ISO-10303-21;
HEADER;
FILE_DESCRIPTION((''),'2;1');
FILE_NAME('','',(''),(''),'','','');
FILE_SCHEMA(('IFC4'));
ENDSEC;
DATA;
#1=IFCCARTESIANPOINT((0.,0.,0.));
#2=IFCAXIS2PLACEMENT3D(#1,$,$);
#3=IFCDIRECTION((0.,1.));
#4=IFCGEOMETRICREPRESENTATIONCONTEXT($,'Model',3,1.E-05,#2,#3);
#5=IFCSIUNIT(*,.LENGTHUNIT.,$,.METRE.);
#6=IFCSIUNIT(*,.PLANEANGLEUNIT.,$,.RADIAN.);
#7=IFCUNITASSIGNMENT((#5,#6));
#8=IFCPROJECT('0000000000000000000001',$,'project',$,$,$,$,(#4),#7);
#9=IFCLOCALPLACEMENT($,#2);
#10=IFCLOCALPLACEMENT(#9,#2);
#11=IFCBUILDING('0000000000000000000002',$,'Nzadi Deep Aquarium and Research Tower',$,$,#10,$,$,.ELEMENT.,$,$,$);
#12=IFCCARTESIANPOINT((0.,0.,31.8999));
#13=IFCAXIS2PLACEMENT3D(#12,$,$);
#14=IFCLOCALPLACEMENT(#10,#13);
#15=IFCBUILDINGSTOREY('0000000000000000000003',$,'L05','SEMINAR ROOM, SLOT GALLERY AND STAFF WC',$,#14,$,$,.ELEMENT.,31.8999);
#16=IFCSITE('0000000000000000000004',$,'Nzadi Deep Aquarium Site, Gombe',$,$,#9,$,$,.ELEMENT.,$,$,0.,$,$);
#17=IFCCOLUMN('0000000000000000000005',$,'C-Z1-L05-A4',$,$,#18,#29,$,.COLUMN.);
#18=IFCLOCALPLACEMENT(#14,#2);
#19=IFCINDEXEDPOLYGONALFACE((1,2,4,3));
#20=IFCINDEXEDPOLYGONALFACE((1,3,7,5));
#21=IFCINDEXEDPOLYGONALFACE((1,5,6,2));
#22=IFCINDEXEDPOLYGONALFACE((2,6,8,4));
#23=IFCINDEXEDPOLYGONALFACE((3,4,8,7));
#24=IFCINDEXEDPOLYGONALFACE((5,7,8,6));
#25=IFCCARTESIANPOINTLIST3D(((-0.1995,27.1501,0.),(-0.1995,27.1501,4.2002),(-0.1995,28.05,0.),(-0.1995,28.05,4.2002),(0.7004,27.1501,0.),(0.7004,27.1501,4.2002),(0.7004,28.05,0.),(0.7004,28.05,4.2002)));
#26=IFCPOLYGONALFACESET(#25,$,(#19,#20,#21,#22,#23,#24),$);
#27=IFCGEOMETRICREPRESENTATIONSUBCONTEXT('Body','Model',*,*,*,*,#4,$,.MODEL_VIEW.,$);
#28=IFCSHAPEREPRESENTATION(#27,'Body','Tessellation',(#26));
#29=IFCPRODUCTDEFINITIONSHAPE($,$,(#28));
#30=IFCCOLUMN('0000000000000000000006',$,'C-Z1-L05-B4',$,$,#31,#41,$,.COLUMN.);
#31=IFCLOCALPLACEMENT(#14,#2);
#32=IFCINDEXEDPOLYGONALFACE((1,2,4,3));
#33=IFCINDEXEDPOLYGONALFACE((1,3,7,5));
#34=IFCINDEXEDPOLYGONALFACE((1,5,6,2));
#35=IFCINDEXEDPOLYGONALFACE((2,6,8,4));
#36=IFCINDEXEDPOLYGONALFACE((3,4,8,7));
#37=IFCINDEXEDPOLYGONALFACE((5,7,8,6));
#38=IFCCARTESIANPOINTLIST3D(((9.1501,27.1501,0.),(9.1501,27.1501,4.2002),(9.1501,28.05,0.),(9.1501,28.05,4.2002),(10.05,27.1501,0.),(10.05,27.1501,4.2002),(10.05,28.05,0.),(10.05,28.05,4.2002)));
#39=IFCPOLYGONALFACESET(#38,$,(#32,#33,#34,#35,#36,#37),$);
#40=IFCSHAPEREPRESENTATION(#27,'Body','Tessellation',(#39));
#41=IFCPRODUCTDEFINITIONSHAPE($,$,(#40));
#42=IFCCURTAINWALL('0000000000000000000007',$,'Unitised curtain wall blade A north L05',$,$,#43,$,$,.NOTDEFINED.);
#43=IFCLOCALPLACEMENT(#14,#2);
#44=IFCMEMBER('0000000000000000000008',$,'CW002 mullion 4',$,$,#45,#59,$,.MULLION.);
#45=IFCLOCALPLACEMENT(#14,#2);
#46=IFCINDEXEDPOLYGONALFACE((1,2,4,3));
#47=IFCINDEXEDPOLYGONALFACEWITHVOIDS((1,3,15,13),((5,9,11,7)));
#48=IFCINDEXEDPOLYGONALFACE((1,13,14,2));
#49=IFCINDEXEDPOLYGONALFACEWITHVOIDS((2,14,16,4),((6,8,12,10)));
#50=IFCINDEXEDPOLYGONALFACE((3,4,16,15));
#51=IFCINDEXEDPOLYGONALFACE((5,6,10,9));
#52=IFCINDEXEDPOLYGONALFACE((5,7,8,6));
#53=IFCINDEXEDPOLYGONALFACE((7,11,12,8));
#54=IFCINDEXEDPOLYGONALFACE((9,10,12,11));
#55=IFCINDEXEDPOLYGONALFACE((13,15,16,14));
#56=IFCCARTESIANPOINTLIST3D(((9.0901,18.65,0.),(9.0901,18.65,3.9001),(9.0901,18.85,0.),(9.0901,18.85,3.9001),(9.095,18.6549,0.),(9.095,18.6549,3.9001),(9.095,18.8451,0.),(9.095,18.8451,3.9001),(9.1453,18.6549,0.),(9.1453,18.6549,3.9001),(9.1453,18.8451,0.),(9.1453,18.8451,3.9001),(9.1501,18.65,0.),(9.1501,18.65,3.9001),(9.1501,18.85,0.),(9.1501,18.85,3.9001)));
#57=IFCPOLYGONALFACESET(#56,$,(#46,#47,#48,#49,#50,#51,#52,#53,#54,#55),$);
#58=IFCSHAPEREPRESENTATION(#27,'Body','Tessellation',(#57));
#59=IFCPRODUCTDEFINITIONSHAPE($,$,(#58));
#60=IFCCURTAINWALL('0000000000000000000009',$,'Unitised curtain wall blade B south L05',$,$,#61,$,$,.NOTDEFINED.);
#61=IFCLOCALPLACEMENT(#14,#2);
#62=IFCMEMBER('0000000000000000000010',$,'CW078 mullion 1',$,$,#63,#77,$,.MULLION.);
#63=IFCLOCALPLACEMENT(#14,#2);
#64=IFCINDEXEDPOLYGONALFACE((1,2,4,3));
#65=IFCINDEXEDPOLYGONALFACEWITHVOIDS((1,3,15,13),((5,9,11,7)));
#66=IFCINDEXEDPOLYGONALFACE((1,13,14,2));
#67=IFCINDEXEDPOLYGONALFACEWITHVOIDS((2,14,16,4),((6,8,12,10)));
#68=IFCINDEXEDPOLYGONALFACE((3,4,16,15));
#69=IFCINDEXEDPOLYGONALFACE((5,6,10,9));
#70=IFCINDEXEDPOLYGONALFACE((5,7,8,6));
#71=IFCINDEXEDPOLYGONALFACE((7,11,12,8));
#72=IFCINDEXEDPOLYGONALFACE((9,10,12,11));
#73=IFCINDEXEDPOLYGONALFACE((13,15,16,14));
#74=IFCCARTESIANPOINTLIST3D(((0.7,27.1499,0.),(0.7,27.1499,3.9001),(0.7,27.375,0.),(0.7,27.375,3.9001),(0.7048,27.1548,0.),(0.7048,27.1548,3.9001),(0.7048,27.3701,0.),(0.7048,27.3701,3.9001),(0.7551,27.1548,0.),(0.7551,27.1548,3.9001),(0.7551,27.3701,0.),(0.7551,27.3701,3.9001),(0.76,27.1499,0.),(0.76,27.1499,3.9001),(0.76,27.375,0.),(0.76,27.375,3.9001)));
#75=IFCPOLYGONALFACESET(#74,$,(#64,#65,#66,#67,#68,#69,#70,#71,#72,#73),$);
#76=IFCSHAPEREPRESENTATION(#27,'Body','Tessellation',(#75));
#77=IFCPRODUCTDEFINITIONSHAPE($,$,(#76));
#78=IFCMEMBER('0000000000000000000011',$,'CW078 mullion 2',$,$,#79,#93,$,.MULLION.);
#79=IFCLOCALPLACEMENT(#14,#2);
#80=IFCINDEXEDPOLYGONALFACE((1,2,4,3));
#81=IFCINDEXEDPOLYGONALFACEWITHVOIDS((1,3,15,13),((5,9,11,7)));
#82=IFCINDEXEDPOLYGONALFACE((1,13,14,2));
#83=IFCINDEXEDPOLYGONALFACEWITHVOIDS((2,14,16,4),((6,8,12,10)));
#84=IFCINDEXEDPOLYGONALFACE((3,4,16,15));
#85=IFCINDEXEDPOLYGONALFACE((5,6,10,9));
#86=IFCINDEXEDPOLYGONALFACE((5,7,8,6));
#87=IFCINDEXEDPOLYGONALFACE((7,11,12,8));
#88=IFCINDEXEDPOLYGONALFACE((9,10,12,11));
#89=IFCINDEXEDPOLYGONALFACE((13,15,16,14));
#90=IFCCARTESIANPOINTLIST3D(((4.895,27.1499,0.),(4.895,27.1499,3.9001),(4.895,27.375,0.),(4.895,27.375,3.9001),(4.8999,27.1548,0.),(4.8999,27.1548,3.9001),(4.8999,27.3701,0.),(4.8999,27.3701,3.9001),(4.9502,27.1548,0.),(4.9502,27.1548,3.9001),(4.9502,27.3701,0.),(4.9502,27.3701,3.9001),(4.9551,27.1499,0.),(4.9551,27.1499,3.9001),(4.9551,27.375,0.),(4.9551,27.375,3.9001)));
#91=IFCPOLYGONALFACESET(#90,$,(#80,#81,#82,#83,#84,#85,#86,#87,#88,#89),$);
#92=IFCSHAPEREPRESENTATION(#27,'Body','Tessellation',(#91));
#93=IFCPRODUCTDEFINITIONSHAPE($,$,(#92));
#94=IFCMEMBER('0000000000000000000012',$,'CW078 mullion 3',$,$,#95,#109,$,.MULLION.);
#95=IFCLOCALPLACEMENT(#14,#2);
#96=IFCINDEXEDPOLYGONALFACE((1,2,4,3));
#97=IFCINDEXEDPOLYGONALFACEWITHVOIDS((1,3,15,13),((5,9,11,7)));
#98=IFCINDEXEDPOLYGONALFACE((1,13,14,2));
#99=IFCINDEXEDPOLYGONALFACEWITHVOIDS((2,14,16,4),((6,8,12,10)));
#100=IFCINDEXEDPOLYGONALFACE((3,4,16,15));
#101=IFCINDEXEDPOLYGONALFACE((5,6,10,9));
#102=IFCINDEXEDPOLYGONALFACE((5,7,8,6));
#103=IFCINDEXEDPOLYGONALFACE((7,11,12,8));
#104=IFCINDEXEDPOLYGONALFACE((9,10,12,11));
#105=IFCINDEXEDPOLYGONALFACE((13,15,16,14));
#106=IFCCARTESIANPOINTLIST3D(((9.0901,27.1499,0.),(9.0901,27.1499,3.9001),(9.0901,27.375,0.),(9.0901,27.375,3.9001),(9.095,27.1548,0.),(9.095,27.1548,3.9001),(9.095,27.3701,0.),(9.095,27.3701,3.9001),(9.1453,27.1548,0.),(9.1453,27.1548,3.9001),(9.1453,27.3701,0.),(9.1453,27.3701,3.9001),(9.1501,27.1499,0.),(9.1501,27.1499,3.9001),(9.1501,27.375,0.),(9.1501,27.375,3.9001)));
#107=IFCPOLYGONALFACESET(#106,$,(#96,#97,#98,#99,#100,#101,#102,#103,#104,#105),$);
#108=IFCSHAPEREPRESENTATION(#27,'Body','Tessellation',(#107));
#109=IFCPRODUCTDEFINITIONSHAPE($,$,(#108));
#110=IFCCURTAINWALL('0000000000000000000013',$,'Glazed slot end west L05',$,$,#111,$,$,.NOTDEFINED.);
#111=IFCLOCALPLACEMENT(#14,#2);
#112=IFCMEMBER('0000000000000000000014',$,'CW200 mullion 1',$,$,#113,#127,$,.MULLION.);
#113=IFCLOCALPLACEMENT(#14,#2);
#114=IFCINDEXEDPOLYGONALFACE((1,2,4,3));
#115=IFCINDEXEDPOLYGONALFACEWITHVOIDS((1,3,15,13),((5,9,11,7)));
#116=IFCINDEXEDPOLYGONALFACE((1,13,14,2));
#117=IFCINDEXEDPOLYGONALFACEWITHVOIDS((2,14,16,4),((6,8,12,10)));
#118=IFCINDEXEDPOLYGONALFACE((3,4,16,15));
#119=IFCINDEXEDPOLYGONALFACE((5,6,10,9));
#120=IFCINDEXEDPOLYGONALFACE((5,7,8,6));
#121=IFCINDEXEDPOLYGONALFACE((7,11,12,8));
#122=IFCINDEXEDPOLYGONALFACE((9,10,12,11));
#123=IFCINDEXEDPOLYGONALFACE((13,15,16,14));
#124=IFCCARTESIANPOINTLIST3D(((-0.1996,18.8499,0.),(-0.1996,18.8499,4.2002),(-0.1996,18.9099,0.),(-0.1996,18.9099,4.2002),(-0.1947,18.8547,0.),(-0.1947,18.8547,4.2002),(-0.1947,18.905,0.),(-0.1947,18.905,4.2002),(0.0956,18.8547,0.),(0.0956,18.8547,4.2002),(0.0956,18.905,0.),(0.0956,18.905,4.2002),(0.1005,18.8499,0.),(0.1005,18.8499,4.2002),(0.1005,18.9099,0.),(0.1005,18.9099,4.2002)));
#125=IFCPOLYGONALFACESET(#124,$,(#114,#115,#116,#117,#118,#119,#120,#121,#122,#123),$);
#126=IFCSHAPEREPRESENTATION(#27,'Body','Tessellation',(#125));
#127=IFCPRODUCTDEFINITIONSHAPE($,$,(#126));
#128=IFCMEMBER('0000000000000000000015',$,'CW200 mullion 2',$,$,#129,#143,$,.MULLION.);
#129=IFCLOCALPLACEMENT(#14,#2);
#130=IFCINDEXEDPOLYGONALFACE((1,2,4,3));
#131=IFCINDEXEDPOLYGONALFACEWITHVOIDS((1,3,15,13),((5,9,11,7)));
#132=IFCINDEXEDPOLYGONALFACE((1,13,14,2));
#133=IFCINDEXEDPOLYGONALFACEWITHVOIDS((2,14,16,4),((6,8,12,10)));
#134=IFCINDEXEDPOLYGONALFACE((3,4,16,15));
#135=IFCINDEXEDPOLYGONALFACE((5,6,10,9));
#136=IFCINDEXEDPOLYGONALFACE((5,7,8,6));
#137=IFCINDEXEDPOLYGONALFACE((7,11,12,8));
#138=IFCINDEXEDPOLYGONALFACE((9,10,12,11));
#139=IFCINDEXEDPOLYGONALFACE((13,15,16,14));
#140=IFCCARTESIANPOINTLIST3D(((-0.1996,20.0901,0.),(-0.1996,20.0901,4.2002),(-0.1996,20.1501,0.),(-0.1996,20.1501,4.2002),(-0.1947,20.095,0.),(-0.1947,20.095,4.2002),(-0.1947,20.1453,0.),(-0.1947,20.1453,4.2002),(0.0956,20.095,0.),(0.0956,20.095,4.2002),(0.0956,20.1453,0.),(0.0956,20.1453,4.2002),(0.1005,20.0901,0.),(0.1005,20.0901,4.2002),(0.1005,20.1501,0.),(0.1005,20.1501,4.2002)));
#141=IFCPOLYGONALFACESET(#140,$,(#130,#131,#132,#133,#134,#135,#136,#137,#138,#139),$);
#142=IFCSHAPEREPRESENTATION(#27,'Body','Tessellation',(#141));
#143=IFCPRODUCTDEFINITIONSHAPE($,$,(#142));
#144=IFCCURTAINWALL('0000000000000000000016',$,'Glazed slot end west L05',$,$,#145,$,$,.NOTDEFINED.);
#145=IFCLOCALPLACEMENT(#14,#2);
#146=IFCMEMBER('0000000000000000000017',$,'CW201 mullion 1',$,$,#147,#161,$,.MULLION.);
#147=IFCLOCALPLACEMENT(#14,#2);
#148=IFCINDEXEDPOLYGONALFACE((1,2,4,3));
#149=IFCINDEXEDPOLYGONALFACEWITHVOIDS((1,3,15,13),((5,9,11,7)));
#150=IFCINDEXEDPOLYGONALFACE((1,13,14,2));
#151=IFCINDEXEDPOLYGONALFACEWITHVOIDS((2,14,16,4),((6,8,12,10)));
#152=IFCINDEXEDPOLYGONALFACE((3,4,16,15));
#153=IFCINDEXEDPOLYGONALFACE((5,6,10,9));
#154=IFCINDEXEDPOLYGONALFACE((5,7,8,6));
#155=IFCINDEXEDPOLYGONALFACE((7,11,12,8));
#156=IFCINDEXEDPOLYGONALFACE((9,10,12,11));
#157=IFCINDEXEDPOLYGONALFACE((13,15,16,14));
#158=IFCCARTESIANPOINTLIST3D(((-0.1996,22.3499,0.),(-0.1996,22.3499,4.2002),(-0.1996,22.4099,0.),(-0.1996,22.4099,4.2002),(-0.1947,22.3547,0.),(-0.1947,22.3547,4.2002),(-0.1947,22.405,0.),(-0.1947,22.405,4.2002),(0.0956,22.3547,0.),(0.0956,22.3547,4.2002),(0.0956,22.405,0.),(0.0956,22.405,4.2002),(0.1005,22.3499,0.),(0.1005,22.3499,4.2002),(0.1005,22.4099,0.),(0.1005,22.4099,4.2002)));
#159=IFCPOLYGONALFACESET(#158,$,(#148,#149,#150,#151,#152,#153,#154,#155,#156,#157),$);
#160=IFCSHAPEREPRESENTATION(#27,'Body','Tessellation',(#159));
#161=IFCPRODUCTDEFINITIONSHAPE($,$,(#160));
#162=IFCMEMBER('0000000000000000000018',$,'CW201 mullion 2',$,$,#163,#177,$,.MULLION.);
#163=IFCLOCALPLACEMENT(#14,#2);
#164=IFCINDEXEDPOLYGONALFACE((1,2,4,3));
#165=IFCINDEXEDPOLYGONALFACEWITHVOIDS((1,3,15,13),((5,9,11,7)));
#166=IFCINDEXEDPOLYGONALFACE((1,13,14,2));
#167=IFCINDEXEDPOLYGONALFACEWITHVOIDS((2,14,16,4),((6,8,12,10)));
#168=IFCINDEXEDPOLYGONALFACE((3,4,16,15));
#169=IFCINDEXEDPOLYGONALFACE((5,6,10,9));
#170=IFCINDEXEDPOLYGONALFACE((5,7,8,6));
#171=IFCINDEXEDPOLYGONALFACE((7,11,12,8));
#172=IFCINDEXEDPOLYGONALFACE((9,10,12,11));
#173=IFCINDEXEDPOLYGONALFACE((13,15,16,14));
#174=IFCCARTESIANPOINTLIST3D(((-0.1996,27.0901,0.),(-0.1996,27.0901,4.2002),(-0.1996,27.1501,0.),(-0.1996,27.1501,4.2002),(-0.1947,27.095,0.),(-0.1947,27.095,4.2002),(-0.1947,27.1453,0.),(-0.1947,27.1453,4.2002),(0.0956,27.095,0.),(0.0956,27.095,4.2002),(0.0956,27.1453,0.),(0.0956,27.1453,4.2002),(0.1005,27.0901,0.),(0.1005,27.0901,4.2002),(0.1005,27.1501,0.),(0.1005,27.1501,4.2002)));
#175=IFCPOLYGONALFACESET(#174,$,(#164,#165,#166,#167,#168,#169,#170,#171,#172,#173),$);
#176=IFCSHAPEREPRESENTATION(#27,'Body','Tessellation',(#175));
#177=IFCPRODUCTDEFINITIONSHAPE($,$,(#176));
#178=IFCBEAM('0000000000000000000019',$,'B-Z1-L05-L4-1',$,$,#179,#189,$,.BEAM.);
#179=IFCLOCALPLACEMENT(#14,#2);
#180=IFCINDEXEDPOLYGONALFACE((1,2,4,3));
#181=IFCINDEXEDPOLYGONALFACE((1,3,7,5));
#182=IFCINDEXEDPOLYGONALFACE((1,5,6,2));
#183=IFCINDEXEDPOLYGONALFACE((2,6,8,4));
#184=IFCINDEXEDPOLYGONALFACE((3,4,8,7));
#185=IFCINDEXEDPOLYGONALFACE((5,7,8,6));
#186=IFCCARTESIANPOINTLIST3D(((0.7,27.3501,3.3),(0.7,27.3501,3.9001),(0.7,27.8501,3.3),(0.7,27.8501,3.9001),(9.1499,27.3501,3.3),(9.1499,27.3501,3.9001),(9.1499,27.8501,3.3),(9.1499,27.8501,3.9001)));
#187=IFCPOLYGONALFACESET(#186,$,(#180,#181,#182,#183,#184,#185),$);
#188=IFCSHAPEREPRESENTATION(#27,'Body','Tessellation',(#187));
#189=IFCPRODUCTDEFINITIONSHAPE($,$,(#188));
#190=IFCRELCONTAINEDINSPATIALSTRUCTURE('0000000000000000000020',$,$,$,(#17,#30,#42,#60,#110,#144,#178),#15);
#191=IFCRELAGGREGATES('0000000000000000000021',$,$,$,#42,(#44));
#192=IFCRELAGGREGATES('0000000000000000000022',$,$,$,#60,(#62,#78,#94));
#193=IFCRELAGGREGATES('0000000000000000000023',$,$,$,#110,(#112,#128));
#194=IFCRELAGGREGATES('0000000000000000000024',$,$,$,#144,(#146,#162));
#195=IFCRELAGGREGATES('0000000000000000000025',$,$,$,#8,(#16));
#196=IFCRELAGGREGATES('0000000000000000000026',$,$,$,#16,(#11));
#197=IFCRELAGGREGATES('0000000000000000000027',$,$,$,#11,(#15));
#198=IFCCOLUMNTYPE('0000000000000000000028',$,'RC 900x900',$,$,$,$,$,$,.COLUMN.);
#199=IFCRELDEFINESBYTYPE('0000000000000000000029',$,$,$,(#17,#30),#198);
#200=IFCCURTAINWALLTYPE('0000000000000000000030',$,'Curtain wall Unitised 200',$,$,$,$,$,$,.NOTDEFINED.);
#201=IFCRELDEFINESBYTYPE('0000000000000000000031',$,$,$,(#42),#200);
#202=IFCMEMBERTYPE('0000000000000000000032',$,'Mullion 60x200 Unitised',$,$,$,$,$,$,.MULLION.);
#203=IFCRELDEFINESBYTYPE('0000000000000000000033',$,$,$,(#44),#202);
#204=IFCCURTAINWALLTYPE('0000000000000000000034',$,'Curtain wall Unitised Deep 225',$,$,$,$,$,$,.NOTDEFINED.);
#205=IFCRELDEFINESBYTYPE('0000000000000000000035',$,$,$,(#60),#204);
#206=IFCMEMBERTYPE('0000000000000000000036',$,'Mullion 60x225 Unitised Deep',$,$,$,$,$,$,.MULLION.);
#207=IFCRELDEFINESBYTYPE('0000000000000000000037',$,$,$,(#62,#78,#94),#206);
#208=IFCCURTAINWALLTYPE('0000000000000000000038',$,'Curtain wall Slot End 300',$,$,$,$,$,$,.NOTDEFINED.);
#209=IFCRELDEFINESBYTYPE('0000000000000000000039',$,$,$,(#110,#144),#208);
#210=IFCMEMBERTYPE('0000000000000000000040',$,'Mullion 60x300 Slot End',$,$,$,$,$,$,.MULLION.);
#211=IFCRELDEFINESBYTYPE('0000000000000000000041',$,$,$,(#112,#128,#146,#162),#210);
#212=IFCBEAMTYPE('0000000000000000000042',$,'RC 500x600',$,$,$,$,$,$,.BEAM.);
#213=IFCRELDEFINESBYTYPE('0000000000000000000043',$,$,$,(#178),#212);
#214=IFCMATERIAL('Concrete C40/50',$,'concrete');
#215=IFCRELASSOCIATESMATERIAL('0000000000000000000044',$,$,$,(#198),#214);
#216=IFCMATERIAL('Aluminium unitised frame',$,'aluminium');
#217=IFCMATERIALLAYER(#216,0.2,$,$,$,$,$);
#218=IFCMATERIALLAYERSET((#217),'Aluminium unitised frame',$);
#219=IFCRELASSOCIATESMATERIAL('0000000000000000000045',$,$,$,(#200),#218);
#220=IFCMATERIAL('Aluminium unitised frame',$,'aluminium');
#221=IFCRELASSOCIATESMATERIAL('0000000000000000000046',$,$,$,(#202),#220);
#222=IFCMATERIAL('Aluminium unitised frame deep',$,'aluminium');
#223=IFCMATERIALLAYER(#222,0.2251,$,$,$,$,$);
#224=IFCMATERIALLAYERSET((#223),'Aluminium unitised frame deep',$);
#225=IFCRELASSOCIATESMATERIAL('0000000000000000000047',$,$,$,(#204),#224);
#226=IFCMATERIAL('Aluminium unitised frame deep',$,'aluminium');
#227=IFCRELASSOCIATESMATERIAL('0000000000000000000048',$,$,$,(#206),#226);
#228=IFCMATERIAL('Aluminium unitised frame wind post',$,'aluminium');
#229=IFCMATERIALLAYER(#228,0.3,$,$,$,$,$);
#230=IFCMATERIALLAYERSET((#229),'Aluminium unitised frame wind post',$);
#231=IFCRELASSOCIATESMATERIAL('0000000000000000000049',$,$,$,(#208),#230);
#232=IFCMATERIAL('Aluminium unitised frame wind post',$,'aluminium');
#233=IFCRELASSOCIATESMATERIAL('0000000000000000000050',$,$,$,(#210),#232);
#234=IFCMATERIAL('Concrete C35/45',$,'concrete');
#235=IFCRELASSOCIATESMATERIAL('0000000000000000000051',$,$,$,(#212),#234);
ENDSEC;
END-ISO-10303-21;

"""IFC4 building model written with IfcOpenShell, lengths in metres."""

from ifc_helpers import new_model, si_unit, direction, frame, origin, origin_2d, place, context, subcontext, project, spatial, rectangle, hollow_rectangle, extrude, material, layer, layer_set, material_profile, profile_set, type_object, element, aggregate, save


model = new_model("IFC4")

# Units and contexts
model_context = context("Model", 3, precision=1e-05, world=origin(), true_north=direction((0.0, 1.0)))
body_context = subcontext(model_context, "Body", "Model", "MODEL_VIEW")
ifc_project = project(units=[si_unit("LENGTHUNIT", "METRE"), si_unit("PLANEANGLEUNIT", "RADIAN")], contexts=[model_context])

# Site, building, storey
site_placement = place(None, origin())
site = spatial("IfcSite", under=ifc_project, at=site_placement, Name="Nzadi Deep Aquarium Site, Gombe", CompositionType="ELEMENT", RefElevation=0.0)
building_placement = place(site_placement, origin())
building = spatial("IfcBuilding", under=site, at=building_placement, Name="Nzadi Deep Aquarium and Research Tower", CompositionType="ELEMENT")
storey_placement = place(building_placement, frame((0.0, 0.0, 31.8999)))
storey = spatial("IfcBuildingStorey", under=building, at=storey_placement, Name="L05", Description="SEMINAR ROOM, SLOT GALLERY AND STAFF WC", CompositionType="ELEMENT", Elevation=31.8999)

# Columns
ifc_material_1 = material(Name="Concrete C40/50", Category="concrete")
ifc_material_profile_1 = material_profile(ifc_material_1, rectangle(XDim=0.8999, YDim=0.8999, at=origin_2d()))
ifc_profile_set_1 = profile_set([ifc_material_profile_1], Name="Concrete C40/50")
column_type = type_object("IfcColumnType", Name="RC 900x900", PredefinedType="COLUMN", material=ifc_profile_set_1)
for number, where, z_axis, x_axis, name in (
    (1, (0.2505, 27.6001, 0.0), (0.0, 0.0, 1.0), (1.0, 0.0, 0.0), "C-Z1-L05-A4"),
    (2, (9.6001, 27.6001, 0.0), (0.0, 0.0, 1.0), (1.0, 0.0, 0.0), "C-Z1-L05-B4"),
):
    element("IfcColumn", number, at=place(storey_placement, frame(where, z_axis=z_axis, x_axis=x_axis)), inside=storey, type_object=column_type, Name=name, PredefinedType="COLUMN", context=body_context, shape_type="SweptSolid", body=[
        extrude(rectangle(XDim=0.8999, YDim=0.8999, at=origin_2d()), origin(), (0.0, 0.0, 1.0), 4.2002),
    ])

# Curtain wall, member
ifc_material_2 = material(Name="Aluminium unitised frame", Category="aluminium")
ifc_layer_1 = layer(ifc_material_2, 0.2)
ifc_layer_set_1 = layer_set([ifc_layer_1], Name="Aluminium unitised frame")
curtain_wall_type_1 = type_object("IfcCurtainWallType", Name="Curtain wall Unitised 200", PredefinedType="NOTDEFINED", material=ifc_layer_set_1)
curtain_wall_1_placement = place(storey_placement, origin())
curtain_wall_1 = element("IfcCurtainWall", 3, at=curtain_wall_1_placement, inside=storey, type_object=curtain_wall_type_1, Name="Unitised curtain wall blade A north L05", PredefinedType="NOTDEFINED")
ifc_material_3 = material(Name="Aluminium unitised frame", Category="aluminium")
ifc_material_profile_2 = material_profile(ifc_material_3, hollow_rectangle(XDim=0.2, YDim=0.0601, WallThickness=0.0049, at=origin_2d()))
ifc_profile_set_2 = profile_set([ifc_material_profile_2], Name="Aluminium unitised frame")
member_type_1 = type_object("IfcMemberType", Name="Mullion 60x200 Unitised", PredefinedType="MULLION", material=ifc_profile_set_2)
member_1_placement = place(storey_placement, frame((9.1201, 18.75, 0.0), z_axis=(0.0, 0.0, 1.0), x_axis=(0.0, 1.0, 0.0)))
member_1 = element("IfcMember", 4, at=member_1_placement, type_object=member_type_1, Name="CW002 mullion 4", PredefinedType="MULLION", context=body_context, shape_type="SweptSolid", body=[
    extrude(hollow_rectangle(XDim=0.2, YDim=0.0601, WallThickness=0.0049, at=origin_2d()), origin(), (0.0, 0.0, 1.0), 3.9001),
])
aggregate(curtain_wall_1, [member_1])

# Curtain walls, members
ifc_material_4 = material(Name="Aluminium unitised frame deep", Category="aluminium")
ifc_layer_2 = layer(ifc_material_4, 0.2251)
ifc_layer_set_2 = layer_set([ifc_layer_2], Name="Aluminium unitised frame deep")
curtain_wall_type_2 = type_object("IfcCurtainWallType", Name="Curtain wall Unitised Deep 225", PredefinedType="NOTDEFINED", material=ifc_layer_set_2)
curtain_wall_2_placement = place(storey_placement, origin())
curtain_wall_2 = element("IfcCurtainWall", 5, at=curtain_wall_2_placement, inside=storey, type_object=curtain_wall_type_2, Name="Unitised curtain wall blade B south L05", PredefinedType="NOTDEFINED")
ifc_material_5 = material(Name="Aluminium unitised frame deep", Category="aluminium")
ifc_material_profile_3 = material_profile(ifc_material_5, hollow_rectangle(XDim=0.2251, YDim=0.0601, WallThickness=0.0049, at=origin_2d()))
ifc_profile_set_3 = profile_set([ifc_material_profile_3], Name="Aluminium unitised frame deep")
member_type_2 = type_object("IfcMemberType", Name="Mullion 60x225 Unitised Deep", PredefinedType="MULLION", material=ifc_profile_set_3)
member_2_placement = place(storey_placement, frame((0.73, 27.2625, 0.0), z_axis=(0.0, 0.0, 1.0), x_axis=(0.0, 1.0, 0.0)))
member_2 = element("IfcMember", 6, at=member_2_placement, type_object=member_type_2, Name="CW078 mullion 1", PredefinedType="MULLION", context=body_context, shape_type="SweptSolid", body=[
    extrude(hollow_rectangle(XDim=0.2251, YDim=0.0601, WallThickness=0.0049, at=origin_2d()), origin(), (0.0, 0.0, 1.0), 3.9001),
])
member_3_placement = place(storey_placement, frame((4.925, 27.2625, 0.0), z_axis=(0.0, 0.0, 1.0), x_axis=(0.0, 1.0, 0.0)))
member_3 = element("IfcMember", 7, at=member_3_placement, type_object=member_type_2, Name="CW078 mullion 2", PredefinedType="MULLION", context=body_context, shape_type="SweptSolid", body=[
    extrude(hollow_rectangle(XDim=0.2251, YDim=0.0601, WallThickness=0.0049, at=origin_2d()), origin(), (0.0, 0.0, 1.0), 3.9001),
])
member_4_placement = place(storey_placement, frame((9.1201, 27.2625, 0.0), z_axis=(0.0, 0.0, 1.0), x_axis=(0.0, 1.0, 0.0)))
member_4 = element("IfcMember", 8, at=member_4_placement, type_object=member_type_2, Name="CW078 mullion 3", PredefinedType="MULLION", context=body_context, shape_type="SweptSolid", body=[
    extrude(hollow_rectangle(XDim=0.2251, YDim=0.0601, WallThickness=0.0049, at=origin_2d()), origin(), (0.0, 0.0, 1.0), 3.9001),
])
ifc_material_6 = material(Name="Aluminium unitised frame wind post", Category="aluminium")
ifc_layer_3 = layer(ifc_material_6, 0.3)
ifc_layer_set_3 = layer_set([ifc_layer_3], Name="Aluminium unitised frame wind post")
curtain_wall_type_3 = type_object("IfcCurtainWallType", Name="Curtain wall Slot End 300", PredefinedType="NOTDEFINED", material=ifc_layer_set_3)
curtain_wall_3_placement = place(storey_placement, origin())
curtain_wall_3 = element("IfcCurtainWall", 9, at=curtain_wall_3_placement, inside=storey, type_object=curtain_wall_type_3, Name="Glazed slot end west L05", PredefinedType="NOTDEFINED")
ifc_material_7 = material(Name="Aluminium unitised frame wind post", Category="aluminium")
ifc_material_profile_4 = material_profile(ifc_material_7, hollow_rectangle(XDim=0.3, YDim=0.0601, WallThickness=0.0049, at=origin_2d()))
ifc_profile_set_4 = profile_set([ifc_material_profile_4], Name="Aluminium unitised frame wind post")
member_type_3 = type_object("IfcMemberType", Name="Mullion 60x300 Slot End", PredefinedType="MULLION", material=ifc_profile_set_4)
member_5_placement = place(storey_placement, frame((-0.0496, 18.8799, 0.0), z_axis=(0.0, 0.0, 1.0), x_axis=(-1.0, 0.0, 0.0)))
member_5 = element("IfcMember", 10, at=member_5_placement, type_object=member_type_3, Name="CW200 mullion 1", PredefinedType="MULLION", context=body_context, shape_type="SweptSolid", body=[
    extrude(hollow_rectangle(XDim=0.3, YDim=0.0601, WallThickness=0.0049, at=origin_2d()), origin(), (0.0, 0.0, 1.0), 4.2002),
])
member_6_placement = place(storey_placement, frame((-0.0496, 20.1201, 0.0), z_axis=(0.0, 0.0, 1.0), x_axis=(-1.0, 0.0, 0.0)))
member_6 = element("IfcMember", 11, at=member_6_placement, type_object=member_type_3, Name="CW200 mullion 2", PredefinedType="MULLION", context=body_context, shape_type="SweptSolid", body=[
    extrude(hollow_rectangle(XDim=0.3, YDim=0.0601, WallThickness=0.0049, at=origin_2d()), origin(), (0.0, 0.0, 1.0), 4.2002),
])
curtain_wall_4_placement = place(storey_placement, origin())
curtain_wall_4 = element("IfcCurtainWall", 12, at=curtain_wall_4_placement, inside=storey, type_object=curtain_wall_type_3, Name="Glazed slot end west L05", PredefinedType="NOTDEFINED")
member_7_placement = place(storey_placement, frame((-0.0496, 22.3799, 0.0), z_axis=(0.0, 0.0, 1.0), x_axis=(-1.0, 0.0, 0.0)))
member_7 = element("IfcMember", 13, at=member_7_placement, type_object=member_type_3, Name="CW201 mullion 1", PredefinedType="MULLION", context=body_context, shape_type="SweptSolid", body=[
    extrude(hollow_rectangle(XDim=0.3, YDim=0.0601, WallThickness=0.0049, at=origin_2d()), origin(), (0.0, 0.0, 1.0), 4.2002),
])
member_8_placement = place(storey_placement, frame((-0.0496, 27.1201, 0.0), z_axis=(0.0, 0.0, 1.0), x_axis=(-1.0, 0.0, 0.0)))
member_8 = element("IfcMember", 14, at=member_8_placement, type_object=member_type_3, Name="CW201 mullion 2", PredefinedType="MULLION", context=body_context, shape_type="SweptSolid", body=[
    extrude(hollow_rectangle(XDim=0.3, YDim=0.0601, WallThickness=0.0049, at=origin_2d()), origin(), (0.0, 0.0, 1.0), 4.2002),
])

# Beam
ifc_material_8 = material(Name="Concrete C35/45", Category="concrete")
ifc_material_profile_5 = material_profile(ifc_material_8, rectangle(XDim=0.5, YDim=0.6001, at=origin_2d()))
ifc_profile_set_5 = profile_set([ifc_material_profile_5], Name="Concrete C35/45")
beam_type = type_object("IfcBeamType", Name="RC 500x600", PredefinedType="BEAM", material=ifc_profile_set_5)
beam_1_placement = place(storey_placement, frame((0.7, 27.6001, 3.6001), z_axis=(1.0, 0.0, 0.0), x_axis=(0.0, 1.0, 0.0)))
element("IfcBeam", 15, at=beam_1_placement, inside=storey, type_object=beam_type, Name="B-Z1-L05-L4-1", PredefinedType="BEAM", context=body_context, shape_type="SweptSolid", body=[
    extrude(rectangle(XDim=0.5, YDim=0.6001, at=origin_2d()), origin(), (0.0, 0.0, 1.0), 8.45),
])

aggregate(curtain_wall_2, [member_2, member_3, member_4])
aggregate(curtain_wall_3, [member_5, member_6])
aggregate(curtain_wall_4, [member_7, member_8])

save(model, "model.ifc")
